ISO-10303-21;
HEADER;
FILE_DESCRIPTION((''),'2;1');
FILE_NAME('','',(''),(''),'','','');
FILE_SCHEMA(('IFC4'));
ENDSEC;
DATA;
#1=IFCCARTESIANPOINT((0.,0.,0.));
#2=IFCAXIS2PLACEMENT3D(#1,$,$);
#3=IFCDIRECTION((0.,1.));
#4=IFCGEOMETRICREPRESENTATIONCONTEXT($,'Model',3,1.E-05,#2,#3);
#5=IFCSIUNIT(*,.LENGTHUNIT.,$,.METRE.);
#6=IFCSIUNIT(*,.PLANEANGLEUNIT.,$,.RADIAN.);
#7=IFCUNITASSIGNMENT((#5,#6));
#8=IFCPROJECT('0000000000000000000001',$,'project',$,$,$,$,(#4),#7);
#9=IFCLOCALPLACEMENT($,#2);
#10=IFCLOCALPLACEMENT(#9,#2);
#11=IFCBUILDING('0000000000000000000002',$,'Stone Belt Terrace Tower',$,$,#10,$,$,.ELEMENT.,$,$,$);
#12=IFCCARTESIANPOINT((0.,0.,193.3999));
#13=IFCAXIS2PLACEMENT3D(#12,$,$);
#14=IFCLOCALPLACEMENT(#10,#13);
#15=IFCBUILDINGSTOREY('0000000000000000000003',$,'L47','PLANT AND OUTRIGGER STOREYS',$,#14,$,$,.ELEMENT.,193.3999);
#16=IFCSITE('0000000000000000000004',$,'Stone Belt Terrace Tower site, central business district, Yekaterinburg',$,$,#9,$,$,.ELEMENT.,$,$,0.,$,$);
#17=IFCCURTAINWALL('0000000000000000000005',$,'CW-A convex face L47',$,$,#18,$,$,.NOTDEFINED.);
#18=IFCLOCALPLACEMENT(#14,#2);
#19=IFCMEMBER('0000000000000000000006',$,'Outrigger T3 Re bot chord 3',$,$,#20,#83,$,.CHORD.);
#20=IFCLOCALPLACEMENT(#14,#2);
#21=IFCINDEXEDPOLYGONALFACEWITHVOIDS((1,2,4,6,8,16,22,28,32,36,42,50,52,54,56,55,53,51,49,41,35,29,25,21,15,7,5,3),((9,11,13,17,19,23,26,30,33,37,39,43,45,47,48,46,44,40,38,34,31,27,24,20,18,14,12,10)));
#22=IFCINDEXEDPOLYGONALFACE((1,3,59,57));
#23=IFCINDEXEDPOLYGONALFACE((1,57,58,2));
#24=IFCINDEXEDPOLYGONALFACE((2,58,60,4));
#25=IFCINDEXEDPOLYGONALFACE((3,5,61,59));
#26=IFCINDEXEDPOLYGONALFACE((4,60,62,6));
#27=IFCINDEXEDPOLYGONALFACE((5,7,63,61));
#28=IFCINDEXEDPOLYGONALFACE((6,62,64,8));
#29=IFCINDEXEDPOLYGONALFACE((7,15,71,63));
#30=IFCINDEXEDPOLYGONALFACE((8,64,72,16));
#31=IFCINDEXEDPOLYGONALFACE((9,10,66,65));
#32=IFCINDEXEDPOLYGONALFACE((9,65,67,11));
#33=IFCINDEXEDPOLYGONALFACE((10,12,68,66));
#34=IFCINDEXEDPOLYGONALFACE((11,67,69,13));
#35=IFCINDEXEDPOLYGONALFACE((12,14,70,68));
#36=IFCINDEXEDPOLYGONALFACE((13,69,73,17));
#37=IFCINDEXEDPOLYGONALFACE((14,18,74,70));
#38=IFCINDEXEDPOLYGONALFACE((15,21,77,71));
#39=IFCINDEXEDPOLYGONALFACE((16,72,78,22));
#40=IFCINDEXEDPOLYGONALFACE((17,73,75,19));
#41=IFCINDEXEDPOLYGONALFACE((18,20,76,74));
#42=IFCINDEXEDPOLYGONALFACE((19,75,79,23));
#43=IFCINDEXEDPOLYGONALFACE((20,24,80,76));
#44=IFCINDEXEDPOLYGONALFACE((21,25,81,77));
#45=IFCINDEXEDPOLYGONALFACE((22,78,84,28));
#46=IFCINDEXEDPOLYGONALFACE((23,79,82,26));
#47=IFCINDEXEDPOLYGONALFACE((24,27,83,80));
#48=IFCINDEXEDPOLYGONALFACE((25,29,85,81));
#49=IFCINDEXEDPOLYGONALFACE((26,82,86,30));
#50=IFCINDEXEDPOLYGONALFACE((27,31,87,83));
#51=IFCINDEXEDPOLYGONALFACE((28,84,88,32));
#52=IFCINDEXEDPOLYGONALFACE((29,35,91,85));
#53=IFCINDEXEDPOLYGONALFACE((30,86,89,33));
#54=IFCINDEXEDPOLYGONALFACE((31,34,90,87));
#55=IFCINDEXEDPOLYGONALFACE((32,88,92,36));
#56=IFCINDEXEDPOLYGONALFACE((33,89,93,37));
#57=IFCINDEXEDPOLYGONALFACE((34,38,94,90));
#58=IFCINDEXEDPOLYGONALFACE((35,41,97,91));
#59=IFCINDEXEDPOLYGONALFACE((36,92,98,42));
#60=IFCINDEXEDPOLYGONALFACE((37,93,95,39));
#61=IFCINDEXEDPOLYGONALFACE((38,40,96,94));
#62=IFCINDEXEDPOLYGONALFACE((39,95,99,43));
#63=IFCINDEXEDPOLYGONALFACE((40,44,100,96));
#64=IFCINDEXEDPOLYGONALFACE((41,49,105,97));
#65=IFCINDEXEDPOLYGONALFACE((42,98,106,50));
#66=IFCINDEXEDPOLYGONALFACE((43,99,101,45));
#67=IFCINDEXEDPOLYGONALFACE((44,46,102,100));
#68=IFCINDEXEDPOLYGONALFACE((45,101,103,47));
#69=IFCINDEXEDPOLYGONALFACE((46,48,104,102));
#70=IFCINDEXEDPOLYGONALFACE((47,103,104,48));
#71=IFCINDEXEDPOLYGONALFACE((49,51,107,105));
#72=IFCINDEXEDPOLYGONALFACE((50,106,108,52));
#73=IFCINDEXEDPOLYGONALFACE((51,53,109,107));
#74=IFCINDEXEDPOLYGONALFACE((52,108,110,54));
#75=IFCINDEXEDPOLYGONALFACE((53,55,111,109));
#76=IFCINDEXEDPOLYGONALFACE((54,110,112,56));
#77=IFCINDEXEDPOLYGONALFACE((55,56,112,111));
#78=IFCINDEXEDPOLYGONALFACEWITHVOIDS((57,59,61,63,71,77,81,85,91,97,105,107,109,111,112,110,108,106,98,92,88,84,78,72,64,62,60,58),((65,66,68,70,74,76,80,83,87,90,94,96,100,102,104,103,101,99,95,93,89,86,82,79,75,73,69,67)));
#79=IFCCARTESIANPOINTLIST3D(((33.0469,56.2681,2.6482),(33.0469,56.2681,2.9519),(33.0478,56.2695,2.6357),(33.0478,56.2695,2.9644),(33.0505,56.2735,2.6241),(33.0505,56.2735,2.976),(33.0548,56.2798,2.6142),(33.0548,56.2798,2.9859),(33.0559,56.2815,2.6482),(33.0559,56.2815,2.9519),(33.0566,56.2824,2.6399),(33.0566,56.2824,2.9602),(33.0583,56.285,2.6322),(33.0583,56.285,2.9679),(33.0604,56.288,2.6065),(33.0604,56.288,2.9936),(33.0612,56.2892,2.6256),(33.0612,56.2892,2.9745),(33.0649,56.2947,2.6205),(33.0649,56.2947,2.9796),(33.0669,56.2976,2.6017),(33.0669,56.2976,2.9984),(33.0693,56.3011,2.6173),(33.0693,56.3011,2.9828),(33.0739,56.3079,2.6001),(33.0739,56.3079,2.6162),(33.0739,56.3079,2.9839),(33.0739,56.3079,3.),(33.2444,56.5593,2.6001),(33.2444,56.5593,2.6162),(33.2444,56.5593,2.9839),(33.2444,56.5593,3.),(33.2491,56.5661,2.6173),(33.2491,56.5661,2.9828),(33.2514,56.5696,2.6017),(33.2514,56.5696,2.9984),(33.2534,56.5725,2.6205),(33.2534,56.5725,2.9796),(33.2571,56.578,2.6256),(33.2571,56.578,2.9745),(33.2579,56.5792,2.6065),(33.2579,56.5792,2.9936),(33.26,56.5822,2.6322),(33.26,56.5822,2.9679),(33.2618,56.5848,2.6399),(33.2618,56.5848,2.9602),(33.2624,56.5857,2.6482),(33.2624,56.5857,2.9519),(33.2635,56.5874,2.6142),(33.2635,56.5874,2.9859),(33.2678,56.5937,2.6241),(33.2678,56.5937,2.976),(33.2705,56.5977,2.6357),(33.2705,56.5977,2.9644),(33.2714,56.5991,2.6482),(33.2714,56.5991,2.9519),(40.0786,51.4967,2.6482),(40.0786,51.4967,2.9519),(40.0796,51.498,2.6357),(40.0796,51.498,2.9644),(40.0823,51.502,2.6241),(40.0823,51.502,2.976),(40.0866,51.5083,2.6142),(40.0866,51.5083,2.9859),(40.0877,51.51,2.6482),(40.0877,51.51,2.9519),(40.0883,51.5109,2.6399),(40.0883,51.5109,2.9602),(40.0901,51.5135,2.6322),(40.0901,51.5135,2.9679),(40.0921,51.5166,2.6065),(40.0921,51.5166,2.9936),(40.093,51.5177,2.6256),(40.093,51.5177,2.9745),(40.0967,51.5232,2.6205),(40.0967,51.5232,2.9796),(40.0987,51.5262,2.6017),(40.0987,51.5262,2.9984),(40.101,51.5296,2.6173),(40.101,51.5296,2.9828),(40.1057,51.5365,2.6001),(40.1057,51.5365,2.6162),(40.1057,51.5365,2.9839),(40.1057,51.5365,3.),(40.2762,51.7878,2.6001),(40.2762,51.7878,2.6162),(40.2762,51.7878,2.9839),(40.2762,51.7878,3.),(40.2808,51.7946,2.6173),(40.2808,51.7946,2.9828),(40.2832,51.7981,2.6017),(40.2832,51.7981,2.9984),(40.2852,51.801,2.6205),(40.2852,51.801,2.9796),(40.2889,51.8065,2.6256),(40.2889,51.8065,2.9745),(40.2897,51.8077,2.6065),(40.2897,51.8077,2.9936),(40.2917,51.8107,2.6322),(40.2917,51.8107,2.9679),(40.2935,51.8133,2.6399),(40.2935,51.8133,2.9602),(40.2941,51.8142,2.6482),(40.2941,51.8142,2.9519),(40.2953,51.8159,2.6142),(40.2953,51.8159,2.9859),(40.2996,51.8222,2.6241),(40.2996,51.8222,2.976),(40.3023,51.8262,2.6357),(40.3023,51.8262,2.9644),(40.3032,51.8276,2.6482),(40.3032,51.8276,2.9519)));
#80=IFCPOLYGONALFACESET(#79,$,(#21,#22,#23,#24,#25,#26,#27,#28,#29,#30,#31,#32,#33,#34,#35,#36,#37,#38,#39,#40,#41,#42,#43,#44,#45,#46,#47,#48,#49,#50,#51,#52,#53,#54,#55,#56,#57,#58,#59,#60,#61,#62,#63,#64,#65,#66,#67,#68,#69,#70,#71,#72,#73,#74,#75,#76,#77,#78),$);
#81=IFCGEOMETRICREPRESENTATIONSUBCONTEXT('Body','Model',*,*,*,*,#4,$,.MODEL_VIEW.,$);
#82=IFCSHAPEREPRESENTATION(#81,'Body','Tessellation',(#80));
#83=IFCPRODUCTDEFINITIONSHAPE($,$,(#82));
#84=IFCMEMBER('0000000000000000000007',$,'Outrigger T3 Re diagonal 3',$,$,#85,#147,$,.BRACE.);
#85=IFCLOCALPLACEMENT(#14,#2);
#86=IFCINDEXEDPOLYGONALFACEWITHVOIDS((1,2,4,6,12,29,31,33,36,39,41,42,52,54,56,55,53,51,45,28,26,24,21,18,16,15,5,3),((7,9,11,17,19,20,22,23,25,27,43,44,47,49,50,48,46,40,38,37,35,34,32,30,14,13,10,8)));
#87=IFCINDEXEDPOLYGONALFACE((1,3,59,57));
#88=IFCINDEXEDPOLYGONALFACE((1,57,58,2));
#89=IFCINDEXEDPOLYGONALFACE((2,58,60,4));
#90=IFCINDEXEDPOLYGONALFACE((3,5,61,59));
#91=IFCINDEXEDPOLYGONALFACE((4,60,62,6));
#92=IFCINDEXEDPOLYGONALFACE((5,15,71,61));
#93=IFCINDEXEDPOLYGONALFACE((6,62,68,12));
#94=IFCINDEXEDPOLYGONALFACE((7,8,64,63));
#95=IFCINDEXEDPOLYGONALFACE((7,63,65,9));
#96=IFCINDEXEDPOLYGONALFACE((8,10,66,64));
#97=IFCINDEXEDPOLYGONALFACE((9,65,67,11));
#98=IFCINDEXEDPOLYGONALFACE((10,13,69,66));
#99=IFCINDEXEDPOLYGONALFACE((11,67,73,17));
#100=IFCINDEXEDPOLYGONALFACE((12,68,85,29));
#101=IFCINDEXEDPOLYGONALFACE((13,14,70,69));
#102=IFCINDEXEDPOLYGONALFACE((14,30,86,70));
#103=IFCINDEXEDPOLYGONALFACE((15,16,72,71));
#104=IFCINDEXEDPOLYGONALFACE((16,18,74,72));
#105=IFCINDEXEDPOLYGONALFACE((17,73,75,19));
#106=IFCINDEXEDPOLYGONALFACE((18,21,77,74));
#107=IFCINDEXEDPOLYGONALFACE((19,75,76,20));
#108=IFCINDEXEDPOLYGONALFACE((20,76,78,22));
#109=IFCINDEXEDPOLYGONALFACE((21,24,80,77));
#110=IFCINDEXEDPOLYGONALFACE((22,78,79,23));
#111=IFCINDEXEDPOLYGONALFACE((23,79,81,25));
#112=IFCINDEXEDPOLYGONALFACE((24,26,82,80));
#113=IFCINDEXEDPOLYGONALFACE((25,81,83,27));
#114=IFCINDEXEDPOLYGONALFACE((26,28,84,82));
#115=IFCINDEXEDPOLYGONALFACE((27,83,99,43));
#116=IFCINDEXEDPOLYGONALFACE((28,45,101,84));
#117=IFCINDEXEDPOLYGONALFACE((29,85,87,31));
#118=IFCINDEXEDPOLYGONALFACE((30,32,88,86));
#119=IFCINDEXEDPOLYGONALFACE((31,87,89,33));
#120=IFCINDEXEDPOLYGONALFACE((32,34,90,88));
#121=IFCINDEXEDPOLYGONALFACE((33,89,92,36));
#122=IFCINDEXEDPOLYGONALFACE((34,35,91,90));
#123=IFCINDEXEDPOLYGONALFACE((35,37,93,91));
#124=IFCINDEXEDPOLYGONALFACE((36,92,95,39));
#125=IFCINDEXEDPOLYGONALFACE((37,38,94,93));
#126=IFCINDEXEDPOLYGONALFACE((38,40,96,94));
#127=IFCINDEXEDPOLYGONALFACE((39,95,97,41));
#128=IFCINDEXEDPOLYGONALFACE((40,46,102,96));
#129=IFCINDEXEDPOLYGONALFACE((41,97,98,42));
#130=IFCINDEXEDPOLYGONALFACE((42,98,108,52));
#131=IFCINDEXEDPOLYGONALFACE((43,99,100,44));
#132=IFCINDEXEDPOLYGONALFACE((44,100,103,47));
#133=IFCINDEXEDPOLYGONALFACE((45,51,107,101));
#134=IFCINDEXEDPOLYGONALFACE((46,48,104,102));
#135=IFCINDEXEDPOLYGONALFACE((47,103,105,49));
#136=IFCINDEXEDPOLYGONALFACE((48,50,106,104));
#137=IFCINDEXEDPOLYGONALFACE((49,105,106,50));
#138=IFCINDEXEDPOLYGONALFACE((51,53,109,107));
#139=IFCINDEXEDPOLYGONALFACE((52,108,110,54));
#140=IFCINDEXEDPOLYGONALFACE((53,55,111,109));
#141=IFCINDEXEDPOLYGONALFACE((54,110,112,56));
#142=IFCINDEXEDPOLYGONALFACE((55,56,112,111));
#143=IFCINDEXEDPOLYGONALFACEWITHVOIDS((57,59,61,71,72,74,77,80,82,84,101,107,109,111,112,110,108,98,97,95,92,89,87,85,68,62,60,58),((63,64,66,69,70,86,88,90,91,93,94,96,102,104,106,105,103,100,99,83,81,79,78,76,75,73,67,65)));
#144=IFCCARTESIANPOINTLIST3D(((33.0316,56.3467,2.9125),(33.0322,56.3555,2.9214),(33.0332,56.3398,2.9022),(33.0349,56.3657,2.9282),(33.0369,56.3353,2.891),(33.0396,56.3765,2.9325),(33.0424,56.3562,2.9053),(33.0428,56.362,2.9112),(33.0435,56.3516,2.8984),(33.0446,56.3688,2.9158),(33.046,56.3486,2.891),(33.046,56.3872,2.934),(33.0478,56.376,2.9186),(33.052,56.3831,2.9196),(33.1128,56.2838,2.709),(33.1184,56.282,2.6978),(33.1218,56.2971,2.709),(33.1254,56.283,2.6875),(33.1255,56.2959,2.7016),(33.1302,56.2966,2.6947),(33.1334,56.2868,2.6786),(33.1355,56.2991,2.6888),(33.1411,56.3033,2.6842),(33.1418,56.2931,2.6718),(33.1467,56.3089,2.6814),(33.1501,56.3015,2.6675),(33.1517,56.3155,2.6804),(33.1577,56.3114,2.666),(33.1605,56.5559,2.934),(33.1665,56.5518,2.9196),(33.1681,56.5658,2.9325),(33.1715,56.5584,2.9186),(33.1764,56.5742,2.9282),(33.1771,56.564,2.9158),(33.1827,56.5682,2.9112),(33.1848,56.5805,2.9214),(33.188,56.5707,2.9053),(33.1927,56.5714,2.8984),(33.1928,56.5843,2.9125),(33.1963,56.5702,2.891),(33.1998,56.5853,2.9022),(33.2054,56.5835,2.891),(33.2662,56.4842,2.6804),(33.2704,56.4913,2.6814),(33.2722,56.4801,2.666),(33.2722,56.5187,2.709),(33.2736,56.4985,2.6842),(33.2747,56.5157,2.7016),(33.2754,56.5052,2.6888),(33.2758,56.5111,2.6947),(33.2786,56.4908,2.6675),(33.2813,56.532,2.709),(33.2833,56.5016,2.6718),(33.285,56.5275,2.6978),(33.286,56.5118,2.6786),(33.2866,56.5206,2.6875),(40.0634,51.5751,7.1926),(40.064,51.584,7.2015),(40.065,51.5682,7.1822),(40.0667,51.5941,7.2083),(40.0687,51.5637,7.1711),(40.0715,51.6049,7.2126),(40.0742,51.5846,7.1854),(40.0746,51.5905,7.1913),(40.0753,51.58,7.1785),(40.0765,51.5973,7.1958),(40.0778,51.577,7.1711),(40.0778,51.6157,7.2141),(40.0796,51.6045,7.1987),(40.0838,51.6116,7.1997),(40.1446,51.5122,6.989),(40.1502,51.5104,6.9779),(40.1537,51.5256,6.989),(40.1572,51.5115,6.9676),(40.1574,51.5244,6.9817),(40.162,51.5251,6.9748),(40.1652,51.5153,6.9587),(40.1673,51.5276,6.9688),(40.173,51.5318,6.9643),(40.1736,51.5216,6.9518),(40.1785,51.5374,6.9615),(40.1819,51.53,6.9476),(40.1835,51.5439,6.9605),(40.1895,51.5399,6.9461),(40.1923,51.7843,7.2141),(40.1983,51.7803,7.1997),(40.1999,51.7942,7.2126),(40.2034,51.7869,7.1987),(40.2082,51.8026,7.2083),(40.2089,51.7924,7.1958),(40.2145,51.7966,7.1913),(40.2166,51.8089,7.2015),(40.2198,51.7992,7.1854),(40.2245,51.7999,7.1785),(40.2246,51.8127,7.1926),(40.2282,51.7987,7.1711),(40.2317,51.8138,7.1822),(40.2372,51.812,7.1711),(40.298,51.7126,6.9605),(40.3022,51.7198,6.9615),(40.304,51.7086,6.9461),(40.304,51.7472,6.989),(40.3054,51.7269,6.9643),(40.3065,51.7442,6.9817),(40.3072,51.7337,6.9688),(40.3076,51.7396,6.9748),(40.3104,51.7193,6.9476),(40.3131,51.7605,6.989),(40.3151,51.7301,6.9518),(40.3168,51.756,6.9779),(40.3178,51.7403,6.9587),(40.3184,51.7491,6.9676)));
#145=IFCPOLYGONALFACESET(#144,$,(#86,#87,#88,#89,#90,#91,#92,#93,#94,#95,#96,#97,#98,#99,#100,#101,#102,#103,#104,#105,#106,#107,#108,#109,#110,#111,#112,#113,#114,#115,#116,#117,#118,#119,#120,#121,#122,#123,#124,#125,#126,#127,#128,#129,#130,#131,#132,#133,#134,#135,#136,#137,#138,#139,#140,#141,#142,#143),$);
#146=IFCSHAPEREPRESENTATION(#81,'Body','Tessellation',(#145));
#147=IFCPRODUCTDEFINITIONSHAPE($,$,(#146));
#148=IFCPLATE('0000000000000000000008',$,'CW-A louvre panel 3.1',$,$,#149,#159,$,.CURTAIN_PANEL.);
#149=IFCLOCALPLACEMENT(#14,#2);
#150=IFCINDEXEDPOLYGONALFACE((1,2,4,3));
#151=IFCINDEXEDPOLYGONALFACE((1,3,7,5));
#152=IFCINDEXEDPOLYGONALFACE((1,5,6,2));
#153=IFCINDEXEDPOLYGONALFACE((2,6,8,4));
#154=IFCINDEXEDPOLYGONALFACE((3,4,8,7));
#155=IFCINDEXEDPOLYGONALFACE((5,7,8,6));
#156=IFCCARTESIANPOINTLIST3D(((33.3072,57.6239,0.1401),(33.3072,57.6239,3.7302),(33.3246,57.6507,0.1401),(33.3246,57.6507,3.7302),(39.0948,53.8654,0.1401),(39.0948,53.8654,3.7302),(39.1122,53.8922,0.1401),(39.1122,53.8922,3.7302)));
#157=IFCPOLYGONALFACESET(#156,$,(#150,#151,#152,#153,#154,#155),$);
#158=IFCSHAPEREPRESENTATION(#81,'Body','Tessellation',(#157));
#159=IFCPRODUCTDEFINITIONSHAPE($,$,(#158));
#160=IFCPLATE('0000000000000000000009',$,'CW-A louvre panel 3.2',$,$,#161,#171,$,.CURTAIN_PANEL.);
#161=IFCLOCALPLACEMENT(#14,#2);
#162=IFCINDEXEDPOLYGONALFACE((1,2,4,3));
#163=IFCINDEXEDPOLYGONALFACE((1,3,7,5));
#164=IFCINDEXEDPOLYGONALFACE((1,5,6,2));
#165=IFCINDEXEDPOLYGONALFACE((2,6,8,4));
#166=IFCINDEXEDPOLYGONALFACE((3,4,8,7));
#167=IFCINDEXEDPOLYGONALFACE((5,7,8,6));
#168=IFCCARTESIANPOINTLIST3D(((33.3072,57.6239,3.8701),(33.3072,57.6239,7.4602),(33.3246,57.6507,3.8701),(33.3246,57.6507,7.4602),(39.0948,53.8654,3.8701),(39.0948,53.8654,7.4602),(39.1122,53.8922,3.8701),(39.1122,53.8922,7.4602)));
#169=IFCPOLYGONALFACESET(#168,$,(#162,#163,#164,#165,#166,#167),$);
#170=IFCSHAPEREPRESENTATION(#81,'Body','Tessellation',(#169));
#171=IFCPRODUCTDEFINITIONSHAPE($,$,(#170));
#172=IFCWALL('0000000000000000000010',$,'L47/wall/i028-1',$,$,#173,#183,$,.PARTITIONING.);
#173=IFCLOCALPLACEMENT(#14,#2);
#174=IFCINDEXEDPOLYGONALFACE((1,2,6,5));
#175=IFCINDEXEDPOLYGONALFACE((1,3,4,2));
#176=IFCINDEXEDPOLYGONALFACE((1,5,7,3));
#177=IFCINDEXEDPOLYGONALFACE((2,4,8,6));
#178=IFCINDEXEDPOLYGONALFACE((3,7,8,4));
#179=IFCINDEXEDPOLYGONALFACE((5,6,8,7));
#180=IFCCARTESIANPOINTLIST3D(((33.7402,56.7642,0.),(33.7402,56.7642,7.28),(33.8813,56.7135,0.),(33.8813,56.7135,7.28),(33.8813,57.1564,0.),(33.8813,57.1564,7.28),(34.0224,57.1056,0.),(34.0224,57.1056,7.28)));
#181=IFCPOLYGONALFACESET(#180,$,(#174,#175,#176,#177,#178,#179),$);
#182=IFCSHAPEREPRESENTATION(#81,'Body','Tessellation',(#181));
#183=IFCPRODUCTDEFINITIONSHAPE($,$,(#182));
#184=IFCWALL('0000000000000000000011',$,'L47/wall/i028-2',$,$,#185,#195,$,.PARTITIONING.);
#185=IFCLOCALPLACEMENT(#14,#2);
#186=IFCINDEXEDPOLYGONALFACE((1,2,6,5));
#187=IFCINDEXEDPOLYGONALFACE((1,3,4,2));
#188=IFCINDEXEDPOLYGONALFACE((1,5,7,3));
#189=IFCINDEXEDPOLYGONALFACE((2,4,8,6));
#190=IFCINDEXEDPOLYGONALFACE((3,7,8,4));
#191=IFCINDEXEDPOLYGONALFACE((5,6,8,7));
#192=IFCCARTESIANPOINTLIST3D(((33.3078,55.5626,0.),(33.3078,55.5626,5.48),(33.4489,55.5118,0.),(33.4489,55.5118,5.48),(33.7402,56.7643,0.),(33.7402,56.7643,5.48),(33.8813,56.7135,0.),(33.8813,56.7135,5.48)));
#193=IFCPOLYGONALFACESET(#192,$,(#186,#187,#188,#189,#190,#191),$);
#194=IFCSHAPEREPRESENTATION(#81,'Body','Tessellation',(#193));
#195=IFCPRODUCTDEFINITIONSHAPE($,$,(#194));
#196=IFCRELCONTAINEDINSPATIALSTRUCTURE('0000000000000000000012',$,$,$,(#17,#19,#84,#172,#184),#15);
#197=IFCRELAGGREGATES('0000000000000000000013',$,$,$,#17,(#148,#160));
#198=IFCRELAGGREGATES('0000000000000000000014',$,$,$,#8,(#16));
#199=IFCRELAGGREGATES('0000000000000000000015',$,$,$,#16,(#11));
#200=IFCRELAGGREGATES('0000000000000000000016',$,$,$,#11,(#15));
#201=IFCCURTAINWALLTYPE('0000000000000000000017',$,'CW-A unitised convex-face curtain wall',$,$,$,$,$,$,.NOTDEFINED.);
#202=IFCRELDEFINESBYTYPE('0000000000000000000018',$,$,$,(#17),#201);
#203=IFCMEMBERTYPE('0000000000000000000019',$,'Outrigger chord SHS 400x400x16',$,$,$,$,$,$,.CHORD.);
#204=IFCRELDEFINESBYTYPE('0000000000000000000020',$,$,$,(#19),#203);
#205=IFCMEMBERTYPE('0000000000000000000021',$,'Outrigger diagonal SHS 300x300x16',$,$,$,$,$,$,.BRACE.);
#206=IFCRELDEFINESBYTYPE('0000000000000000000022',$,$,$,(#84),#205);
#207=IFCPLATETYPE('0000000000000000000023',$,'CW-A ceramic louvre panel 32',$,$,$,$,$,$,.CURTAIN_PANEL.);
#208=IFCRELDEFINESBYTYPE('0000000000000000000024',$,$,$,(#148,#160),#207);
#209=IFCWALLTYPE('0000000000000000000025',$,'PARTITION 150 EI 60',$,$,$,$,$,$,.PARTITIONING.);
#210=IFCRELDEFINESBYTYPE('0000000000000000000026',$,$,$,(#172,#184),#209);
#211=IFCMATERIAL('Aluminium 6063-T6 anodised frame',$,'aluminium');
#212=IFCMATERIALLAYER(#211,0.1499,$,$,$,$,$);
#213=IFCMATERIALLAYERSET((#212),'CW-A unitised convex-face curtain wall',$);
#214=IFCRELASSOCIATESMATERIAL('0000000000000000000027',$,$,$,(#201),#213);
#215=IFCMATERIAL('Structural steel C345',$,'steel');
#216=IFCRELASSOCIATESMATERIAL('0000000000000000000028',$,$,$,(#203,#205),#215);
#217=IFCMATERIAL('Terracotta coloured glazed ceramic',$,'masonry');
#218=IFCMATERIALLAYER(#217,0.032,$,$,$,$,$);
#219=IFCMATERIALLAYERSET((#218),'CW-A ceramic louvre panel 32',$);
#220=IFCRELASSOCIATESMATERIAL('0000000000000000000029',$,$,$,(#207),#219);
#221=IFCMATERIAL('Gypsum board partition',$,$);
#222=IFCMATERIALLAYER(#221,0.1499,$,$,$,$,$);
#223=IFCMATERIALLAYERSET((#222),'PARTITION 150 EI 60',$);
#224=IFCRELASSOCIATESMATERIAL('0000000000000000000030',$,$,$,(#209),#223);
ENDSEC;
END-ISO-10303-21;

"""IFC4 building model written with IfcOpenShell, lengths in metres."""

from ifc_helpers import new_model, si_unit, direction, frame, frame_2d, origin, origin_2d, place, context, subcontext, project, spatial, rectangle, hollow_rectangle, extrude, material, layer, layer_set, material_profile, profile_set, type_object, element, aggregate, save


model = new_model("IFC4")

# Units and contexts
model_context = context("Model", 3, precision=1e-05, world=origin(), true_north=direction((0.0, 1.0)))
body_context = subcontext(model_context, "Body", "Model", "MODEL_VIEW")
ifc_project = project(units=[si_unit("LENGTHUNIT", "METRE"), si_unit("PLANEANGLEUNIT", "RADIAN")], contexts=[model_context])

# Site, building, storey
site_placement = place(None, origin())
site = spatial("IfcSite", under=ifc_project, at=site_placement, Name="Stone Belt Terrace Tower site, central business district, Yekaterinburg", CompositionType="ELEMENT", RefElevation=0.0)
building_placement = place(site_placement, origin())
building = spatial("IfcBuilding", under=site, at=building_placement, Name="Stone Belt Terrace Tower", CompositionType="ELEMENT")
storey_placement = place(building_placement, frame((0.0, 0.0, 193.3999)))
storey = spatial("IfcBuildingStorey", under=building, at=storey_placement, Name="L47", Description="PLANT AND OUTRIGGER STOREYS", CompositionType="ELEMENT", Elevation=193.3999)

# Curtain wall
ifc_material_1 = material(Name="Aluminium 6063-T6 anodised frame", Category="aluminium")
ifc_layer_1 = layer(ifc_material_1, 0.1499)
ifc_layer_set_1 = layer_set([ifc_layer_1], Name="CW-A unitised convex-face curtain wall")
curtain_wall_type = type_object("IfcCurtainWallType", Name="CW-A unitised convex-face curtain wall", PredefinedType="NOTDEFINED", material=ifc_layer_set_1)
curtain_wall_placement = place(storey_placement, origin())
curtain_wall = element("IfcCurtainWall", 1, at=curtain_wall_placement, inside=storey, type_object=curtain_wall_type, Name="CW-A convex face L47", PredefinedType="NOTDEFINED")

# Members
ifc_material_2 = material(Name="Structural steel C345", Category="steel")
ifc_material_profile_1 = material_profile(ifc_material_2, hollow_rectangle(XDim=0.3999, YDim=0.3999, WallThickness=0.0161, InnerFilletRadius=0.032, OuterFilletRadius=0.0481, at=origin_2d()), Name="SHS 400x400x16")
ifc_profile_set_1 = profile_set([ifc_material_profile_1], Name="Structural steel C345")
member_type_1 = type_object("IfcMemberType", Name="Outrigger chord SHS 400x400x16", PredefinedType="CHORD", material=ifc_profile_set_1)
for number, where, z_axis, x_axis, name in (
    (2, (40.1909, 51.6621, 2.8), (-0.827479, 0.561497, 0.0), (-0.561497, -0.827479, 0.0), "Outrigger T3 Re bot chord 3"),
):
    element("IfcMember", number, at=place(storey_placement, frame(where, z_axis=z_axis, x_axis=x_axis)), inside=storey, type_object=member_type_1, Name=name, PredefinedType="CHORD", context=body_context, shape_type="SweptSolid", body=[
        extrude(hollow_rectangle(XDim=0.3999, YDim=0.3999, WallThickness=0.0161, InnerFilletRadius=0.032, OuterFilletRadius=0.0481, at=origin_2d()), origin(), (0.0, 0.0, 1.0), 8.4978),
    ])
ifc_material_profile_2 = material_profile(ifc_material_2, hollow_rectangle(XDim=0.3, YDim=0.3, WallThickness=0.0161, InnerFilletRadius=0.032, OuterFilletRadius=0.0481, at=origin_2d()), Name="SHS 300x300x16")
ifc_profile_set_2 = profile_set([ifc_material_profile_2], Name="Structural steel C345")
member_type_2 = type_object("IfcMemberType", Name="Outrigger diagonal SHS 300x300x16", PredefinedType="BRACE", material=ifc_profile_set_2)
member_1_placement = place(storey_placement, frame((40.1909, 51.6621, 7.0801), z_axis=(-0.739033, 0.501481, -0.44983), x_axis=(-0.561497, -0.827479, 0.0)))
element("IfcMember", 3, at=member_1_placement, inside=storey, type_object=member_type_2, Name="Outrigger T3 Re diagonal 3", PredefinedType="BRACE", context=body_context, shape_type="SweptSolid", body=[
    extrude(hollow_rectangle(XDim=0.3, YDim=0.3, WallThickness=0.0161, InnerFilletRadius=0.032, OuterFilletRadius=0.0481, at=origin_2d()), origin(), (0.0, 0.0, 1.0), 9.5149),
])

# Plates
ifc_material_3 = material(Name="Terracotta coloured glazed ceramic", Category="masonry")
ifc_layer_2 = layer(ifc_material_3, 0.032)
ifc_layer_set_2 = layer_set([ifc_layer_2], Name="CW-A ceramic louvre panel 32")
plate_type = type_object("IfcPlateType", Name="CW-A ceramic louvre panel 32", PredefinedType="CURTAIN_PANEL", material=ifc_layer_set_2)
plate_1_placement = place(storey_placement, frame((36.2097, 55.7581, 0.1401), z_axis=(0.0, 0.0, 1.0), x_axis=(-0.838671, 0.544639, 0.0)))
plate_1 = element("IfcPlate", 4, at=plate_1_placement, type_object=plate_type, Name="CW-A louvre panel 3.1", PredefinedType="CURTAIN_PANEL", context=body_context, shape_type="SweptSolid", body=[
    extrude(rectangle(XDim=6.9009, YDim=0.032, at=origin_2d()), origin(), (0.0, 0.0, 1.0), 3.5901),
])
plate_2_placement = place(storey_placement, frame((36.2097, 55.7581, 3.8701), z_axis=(0.0, 0.0, 1.0), x_axis=(-0.838671, 0.544639, 0.0)))
plate_2 = element("IfcPlate", 5, at=plate_2_placement, type_object=plate_type, Name="CW-A louvre panel 3.2", PredefinedType="CURTAIN_PANEL", context=body_context, shape_type="SweptSolid", body=[
    extrude(rectangle(XDim=6.9009, YDim=0.032, at=origin_2d()), origin(), (0.0, 0.0, 1.0), 3.5901),
])
aggregate(curtain_wall, [plate_1, plate_2])

# Walls
ifc_material_4 = material(Name="Gypsum board partition")
ifc_layer_3 = layer(ifc_material_4, 0.1499)
ifc_layer_set_3 = layer_set([ifc_layer_3], Name="PARTITION 150 EI 60")
wall_type = type_object("IfcWallType", Name="PARTITION 150 EI 60", PredefinedType="PARTITIONING", material=ifc_layer_set_3)
wall_1_placement = place(storey_placement, frame((33.9519, 57.1311, 0.0), z_axis=(0.0, 0.0, 1.0), x_axis=(-0.338636, -0.940917, 0.0)))
element("IfcWall", 6, at=wall_1_placement, inside=storey, type_object=wall_type, Name="L47/wall/i028-1", PredefinedType="PARTITIONING", context=body_context, shape_type="SweptSolid", body=[
    extrude(rectangle(XDim=0.4167, YDim=0.1499, at=frame_2d((0.2085, 0.0))), origin(), (0.0, 0.0, 1.0), 7.28),
])
wall_2_placement = place(storey_placement, frame((33.8108, 56.739, 0.0), z_axis=(0.0, 0.0, 1.0), x_axis=(-0.338564, -0.940943, 0.0)))
element("IfcWall", 7, at=wall_2_placement, inside=storey, type_object=wall_type, Name="L47/wall/i028-2", PredefinedType="PARTITIONING", context=body_context, shape_type="SweptSolid", body=[
    extrude(rectangle(XDim=1.2771, YDim=0.1499, at=frame_2d((0.6387, 0.0))), origin(), (0.0, 0.0, 1.0), 5.48),
])

save(model, "model.ifc")
